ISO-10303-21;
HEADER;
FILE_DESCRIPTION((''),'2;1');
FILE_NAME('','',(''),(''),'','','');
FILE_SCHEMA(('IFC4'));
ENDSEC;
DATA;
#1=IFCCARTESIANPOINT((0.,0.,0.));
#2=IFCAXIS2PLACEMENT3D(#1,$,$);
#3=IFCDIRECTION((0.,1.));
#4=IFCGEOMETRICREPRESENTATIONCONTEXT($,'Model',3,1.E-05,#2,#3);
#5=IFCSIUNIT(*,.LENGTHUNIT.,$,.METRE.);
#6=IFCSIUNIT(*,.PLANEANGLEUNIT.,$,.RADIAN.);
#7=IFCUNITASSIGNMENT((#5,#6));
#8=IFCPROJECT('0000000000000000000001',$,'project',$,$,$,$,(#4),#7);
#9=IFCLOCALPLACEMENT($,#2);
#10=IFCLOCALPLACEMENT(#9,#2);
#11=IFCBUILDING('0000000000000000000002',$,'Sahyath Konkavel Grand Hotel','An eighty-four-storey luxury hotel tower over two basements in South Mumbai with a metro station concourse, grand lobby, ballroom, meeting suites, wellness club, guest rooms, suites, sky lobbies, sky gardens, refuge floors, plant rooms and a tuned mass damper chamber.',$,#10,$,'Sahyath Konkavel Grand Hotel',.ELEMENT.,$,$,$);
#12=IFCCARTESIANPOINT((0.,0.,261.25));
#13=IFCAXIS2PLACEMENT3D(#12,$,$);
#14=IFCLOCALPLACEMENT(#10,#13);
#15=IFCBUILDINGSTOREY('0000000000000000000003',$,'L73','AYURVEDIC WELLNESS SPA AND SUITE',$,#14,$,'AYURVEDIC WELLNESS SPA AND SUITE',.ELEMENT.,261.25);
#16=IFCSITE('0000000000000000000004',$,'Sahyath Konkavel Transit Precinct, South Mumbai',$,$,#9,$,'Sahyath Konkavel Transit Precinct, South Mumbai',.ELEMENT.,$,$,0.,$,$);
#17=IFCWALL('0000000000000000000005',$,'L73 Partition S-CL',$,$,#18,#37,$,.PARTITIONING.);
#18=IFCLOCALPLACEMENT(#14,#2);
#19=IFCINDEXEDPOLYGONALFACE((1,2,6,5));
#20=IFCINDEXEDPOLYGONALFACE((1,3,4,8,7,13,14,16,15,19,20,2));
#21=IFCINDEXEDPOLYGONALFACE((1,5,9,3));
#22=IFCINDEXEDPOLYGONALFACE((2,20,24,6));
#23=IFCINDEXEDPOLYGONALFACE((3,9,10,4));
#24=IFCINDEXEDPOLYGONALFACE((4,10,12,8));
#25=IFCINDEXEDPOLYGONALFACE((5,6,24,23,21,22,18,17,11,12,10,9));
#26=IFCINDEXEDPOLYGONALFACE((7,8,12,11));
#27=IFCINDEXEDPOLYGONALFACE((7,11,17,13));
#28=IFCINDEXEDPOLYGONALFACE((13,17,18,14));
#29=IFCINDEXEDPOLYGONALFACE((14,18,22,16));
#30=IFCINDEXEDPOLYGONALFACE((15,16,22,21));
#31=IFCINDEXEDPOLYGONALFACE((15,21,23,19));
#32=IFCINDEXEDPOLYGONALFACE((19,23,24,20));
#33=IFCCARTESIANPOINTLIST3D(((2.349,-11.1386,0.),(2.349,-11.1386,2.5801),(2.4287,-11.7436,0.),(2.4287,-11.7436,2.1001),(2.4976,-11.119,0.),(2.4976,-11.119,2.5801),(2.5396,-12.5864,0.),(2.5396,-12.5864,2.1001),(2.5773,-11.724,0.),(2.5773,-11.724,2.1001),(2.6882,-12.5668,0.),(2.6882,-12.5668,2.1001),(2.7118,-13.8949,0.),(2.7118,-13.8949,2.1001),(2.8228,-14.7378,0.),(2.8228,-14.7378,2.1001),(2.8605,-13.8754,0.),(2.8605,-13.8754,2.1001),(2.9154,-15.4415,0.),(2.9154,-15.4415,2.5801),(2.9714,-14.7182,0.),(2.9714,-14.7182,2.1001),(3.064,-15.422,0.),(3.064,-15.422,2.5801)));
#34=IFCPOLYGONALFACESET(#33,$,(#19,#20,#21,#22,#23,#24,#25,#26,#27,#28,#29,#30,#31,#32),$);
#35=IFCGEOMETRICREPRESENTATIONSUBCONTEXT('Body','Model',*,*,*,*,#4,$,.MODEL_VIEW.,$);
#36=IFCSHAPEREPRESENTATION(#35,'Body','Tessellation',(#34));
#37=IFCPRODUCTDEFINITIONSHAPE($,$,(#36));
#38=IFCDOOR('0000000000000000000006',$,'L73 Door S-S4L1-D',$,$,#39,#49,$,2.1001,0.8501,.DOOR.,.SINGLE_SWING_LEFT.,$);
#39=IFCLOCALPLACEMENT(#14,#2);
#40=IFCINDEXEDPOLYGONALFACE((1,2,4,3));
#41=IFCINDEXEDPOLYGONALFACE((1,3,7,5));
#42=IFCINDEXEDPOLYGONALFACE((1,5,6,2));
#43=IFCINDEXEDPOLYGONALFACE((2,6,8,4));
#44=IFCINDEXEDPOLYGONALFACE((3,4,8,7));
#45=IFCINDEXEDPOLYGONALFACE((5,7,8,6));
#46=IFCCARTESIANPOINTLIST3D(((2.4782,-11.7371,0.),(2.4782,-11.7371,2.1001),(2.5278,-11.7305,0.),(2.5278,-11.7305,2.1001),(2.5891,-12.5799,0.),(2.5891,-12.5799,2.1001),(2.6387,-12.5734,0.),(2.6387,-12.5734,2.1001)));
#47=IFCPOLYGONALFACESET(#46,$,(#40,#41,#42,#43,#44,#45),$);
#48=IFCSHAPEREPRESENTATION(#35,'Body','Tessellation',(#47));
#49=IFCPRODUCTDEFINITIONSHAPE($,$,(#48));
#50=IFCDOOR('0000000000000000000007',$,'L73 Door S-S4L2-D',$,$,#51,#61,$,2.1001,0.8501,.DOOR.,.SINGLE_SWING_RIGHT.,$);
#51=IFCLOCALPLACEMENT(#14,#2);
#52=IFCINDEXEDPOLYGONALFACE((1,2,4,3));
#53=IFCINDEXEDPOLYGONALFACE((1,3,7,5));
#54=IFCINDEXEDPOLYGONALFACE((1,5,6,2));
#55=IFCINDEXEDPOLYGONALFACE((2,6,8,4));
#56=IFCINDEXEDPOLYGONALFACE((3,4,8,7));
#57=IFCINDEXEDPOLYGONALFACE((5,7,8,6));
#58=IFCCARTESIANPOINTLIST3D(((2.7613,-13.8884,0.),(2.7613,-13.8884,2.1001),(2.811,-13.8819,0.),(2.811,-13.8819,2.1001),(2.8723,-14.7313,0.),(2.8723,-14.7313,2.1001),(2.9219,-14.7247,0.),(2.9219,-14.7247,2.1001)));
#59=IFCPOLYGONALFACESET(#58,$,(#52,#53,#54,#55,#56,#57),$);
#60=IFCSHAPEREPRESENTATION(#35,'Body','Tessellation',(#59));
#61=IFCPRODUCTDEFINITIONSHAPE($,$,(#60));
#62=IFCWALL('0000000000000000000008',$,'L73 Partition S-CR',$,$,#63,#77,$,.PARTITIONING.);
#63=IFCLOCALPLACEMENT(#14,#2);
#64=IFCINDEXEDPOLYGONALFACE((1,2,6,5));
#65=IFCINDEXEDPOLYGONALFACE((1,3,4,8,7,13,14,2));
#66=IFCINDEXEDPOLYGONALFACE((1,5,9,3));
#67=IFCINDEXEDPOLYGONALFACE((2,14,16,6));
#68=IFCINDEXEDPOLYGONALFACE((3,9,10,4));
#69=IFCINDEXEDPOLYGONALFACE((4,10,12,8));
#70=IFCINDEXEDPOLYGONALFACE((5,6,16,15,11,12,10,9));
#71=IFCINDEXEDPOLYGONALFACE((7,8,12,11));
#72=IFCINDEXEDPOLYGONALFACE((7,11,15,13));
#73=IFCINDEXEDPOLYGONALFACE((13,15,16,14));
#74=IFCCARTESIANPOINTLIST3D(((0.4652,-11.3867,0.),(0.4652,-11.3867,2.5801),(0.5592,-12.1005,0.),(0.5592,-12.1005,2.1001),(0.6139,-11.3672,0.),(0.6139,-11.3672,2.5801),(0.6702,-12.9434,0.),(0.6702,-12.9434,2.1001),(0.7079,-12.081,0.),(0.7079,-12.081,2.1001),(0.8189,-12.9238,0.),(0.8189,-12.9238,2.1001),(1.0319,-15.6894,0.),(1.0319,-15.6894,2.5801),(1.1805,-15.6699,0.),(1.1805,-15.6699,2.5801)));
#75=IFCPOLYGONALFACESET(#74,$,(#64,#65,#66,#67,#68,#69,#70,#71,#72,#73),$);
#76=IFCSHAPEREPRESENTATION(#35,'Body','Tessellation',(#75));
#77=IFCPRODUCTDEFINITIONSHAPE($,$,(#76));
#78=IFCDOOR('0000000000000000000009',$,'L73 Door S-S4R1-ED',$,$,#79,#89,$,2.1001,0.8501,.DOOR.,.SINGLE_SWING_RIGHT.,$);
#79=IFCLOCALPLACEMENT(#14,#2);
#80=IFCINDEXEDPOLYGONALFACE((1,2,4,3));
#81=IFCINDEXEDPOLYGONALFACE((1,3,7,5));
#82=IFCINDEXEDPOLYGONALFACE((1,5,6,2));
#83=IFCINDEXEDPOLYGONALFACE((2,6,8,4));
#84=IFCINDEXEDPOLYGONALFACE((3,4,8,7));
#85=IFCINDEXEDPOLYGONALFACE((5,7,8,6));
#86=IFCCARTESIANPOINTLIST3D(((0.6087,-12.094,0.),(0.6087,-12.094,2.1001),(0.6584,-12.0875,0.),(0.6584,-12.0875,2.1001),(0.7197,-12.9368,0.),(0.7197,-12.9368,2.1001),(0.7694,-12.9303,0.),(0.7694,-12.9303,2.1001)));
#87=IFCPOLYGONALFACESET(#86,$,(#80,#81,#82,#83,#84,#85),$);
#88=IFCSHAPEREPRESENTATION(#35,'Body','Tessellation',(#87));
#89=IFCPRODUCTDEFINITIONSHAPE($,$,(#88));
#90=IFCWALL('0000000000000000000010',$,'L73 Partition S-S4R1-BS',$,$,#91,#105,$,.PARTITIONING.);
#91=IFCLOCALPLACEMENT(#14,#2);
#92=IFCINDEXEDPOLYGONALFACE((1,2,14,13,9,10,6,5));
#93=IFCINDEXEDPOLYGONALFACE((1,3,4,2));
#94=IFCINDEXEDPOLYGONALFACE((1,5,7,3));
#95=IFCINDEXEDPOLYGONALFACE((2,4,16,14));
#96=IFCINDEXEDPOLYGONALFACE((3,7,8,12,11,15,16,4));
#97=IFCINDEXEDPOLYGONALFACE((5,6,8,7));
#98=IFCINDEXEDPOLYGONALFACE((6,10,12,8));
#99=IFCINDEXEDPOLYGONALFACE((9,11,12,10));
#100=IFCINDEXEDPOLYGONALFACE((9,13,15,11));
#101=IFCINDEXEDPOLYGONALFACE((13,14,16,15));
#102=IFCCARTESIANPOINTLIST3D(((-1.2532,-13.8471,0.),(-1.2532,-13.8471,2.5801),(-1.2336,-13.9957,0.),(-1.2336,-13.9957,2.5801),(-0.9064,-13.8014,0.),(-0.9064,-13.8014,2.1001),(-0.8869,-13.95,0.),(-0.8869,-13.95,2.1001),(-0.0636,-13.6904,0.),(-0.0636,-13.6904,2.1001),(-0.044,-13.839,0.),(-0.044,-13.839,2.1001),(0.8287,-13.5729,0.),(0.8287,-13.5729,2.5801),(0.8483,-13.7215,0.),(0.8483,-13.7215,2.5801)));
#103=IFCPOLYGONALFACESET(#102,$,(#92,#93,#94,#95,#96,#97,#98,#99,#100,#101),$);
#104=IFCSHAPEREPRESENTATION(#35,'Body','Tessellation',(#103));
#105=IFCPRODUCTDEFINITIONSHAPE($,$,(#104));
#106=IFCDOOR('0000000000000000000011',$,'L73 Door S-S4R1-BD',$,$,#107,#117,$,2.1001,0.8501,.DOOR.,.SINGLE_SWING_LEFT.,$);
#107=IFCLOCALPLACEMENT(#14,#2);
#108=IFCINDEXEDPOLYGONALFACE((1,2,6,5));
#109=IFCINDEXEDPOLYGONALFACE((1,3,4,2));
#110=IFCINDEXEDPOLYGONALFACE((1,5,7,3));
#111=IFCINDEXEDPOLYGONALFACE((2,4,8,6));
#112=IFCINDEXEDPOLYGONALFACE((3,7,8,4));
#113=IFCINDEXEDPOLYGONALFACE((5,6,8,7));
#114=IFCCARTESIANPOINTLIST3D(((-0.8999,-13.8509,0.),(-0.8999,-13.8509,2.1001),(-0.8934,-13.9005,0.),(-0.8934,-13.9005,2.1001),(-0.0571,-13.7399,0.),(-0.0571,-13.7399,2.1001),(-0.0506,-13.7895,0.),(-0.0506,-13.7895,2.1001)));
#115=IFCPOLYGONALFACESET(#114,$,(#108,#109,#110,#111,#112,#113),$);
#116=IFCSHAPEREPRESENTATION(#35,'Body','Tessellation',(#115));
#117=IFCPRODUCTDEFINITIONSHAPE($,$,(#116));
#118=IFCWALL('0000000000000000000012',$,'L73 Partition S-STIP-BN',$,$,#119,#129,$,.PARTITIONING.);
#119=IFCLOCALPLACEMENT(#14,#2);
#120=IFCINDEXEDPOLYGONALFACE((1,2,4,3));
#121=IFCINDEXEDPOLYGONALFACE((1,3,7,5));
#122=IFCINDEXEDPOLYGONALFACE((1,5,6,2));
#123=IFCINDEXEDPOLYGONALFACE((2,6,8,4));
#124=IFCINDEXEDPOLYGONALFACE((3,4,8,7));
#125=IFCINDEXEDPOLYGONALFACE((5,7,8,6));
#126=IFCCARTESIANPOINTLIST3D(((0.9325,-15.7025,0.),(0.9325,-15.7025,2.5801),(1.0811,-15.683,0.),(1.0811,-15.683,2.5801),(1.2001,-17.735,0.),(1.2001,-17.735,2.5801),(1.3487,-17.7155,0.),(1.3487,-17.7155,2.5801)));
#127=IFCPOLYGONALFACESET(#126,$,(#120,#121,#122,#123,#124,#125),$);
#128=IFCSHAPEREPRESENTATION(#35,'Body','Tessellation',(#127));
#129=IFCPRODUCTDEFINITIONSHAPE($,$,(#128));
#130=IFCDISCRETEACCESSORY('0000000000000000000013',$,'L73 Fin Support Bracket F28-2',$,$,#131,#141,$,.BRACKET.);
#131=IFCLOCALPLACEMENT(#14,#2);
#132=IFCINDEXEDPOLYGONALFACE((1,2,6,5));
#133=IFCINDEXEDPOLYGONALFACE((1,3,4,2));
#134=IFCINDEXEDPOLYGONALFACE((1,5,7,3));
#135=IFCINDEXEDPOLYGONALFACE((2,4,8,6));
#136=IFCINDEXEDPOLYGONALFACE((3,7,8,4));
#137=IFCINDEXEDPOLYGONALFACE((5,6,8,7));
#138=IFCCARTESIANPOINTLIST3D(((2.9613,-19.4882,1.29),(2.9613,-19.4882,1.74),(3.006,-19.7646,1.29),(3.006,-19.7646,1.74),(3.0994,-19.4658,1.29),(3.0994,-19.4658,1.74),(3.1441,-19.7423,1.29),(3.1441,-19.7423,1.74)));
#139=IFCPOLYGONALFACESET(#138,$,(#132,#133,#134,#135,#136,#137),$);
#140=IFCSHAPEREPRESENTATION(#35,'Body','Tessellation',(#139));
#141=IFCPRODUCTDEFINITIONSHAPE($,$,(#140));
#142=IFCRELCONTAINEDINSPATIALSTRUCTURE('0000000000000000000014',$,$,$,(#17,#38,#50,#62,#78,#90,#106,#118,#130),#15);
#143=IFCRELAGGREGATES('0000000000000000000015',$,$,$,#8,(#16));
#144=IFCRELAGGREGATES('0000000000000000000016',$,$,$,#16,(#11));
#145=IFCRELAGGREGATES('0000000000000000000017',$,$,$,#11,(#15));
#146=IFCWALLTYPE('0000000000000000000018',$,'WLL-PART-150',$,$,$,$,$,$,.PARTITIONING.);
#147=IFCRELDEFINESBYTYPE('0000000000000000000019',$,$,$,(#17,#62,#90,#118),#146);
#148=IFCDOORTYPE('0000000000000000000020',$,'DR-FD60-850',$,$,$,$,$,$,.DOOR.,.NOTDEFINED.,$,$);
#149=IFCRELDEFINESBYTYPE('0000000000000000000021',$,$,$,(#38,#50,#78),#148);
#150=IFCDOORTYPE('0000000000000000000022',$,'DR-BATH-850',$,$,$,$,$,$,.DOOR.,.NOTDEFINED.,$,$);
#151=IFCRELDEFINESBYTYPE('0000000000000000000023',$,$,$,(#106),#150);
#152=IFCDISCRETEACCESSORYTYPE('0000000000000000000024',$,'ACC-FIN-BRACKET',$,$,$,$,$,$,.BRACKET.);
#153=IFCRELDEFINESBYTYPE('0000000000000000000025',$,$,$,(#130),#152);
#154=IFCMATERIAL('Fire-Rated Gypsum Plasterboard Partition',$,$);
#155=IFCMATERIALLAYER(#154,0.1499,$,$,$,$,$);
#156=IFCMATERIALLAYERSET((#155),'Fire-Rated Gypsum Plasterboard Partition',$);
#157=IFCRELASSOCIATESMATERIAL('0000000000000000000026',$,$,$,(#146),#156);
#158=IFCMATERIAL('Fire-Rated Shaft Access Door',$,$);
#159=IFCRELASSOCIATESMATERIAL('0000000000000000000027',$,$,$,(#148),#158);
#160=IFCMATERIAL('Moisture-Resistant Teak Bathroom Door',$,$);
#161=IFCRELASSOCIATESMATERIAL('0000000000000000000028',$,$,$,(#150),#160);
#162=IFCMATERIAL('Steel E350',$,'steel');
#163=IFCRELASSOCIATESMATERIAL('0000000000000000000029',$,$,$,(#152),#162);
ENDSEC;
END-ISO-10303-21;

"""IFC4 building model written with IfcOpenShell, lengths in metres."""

from ifc_helpers import new_model, si_unit, direction, frame, frame_2d, origin, origin_2d, place, context, subcontext, project, spatial, rectangle, extrude, source, transform, mapped, material, layer, layer_set, type_object, element, fill, save


model = new_model("IFC4")

# Units and contexts
model_context = context("Model", 3, precision=1e-05, world=origin(), true_north=direction((0.0, 1.0)))
body_context = subcontext(model_context, "Body", "Model", "MODEL_VIEW")
ifc_project = project(units=[si_unit("LENGTHUNIT", "METRE"), si_unit("PLANEANGLEUNIT", "RADIAN")], contexts=[model_context])

# Site, building, storey
site_placement = place(None, origin())
site = spatial("IfcSite", under=ifc_project, at=site_placement, Name="Sahyath Konkavel Transit Precinct, South Mumbai", LongName="Sahyath Konkavel Transit Precinct, South Mumbai", CompositionType="ELEMENT", RefElevation=0.0)
building_placement = place(site_placement, origin())
building = spatial("IfcBuilding", under=site, at=building_placement, Name="Sahyath Konkavel Grand Hotel", Description="An eighty-four-storey luxury hotel tower over two basements in South Mumbai with a metro station concourse, grand lobby, ballroom, meeting suites, wellness club, guest rooms, suites, sky lobbies, sky gardens, refuge floors, plant rooms and a tuned mass damper chamber.", LongName="Sahyath Konkavel Grand Hotel", CompositionType="ELEMENT")
storey_placement = place(building_placement, frame((0.0, 0.0, 261.25)))
storey = spatial("IfcBuildingStorey", under=building, at=storey_placement, Name="L73", Description="AYURVEDIC WELLNESS SPA AND SUITE", LongName="AYURVEDIC WELLNESS SPA AND SUITE", CompositionType="ELEMENT", Elevation=261.25)

# Shared definitions
ifc_material_1 = material(Name="Steel E350", Category="steel")

# Wall, openings, doors
ifc_material_2 = material(Name="Fire-Rated Gypsum Plasterboard Partition")
ifc_layer_1 = layer(ifc_material_2, 0.1499)
ifc_layer_set_1 = layer_set([ifc_layer_1], Name="Fire-Rated Gypsum Plasterboard Partition")
wall_type_1 = type_object("IfcWallType", Name="WLL-PART-150", PredefinedType="PARTITIONING", material=ifc_layer_set_1)
wall_1_placement = place(storey_placement, frame((2.4233, -11.1289, 0.0), z_axis=(0.0, 0.0, 1.0), x_axis=(0.130505, -0.991448, 0.0)))
wall_1 = element("IfcWall", 1, at=wall_1_placement, inside=storey, type_object=wall_type_1, Name="L73 Partition S-CL", PredefinedType="PARTITIONING", context=body_context, shape_type="SweptSolid", body=[
    extrude(rectangle(XDim=4.3401, YDim=0.1499, at=frame_2d((2.1699, 0.0))), origin(), (0.0, 0.0, 1.0), 2.5801),
])
opening_1_placement = place(wall_1_placement, frame((0.6101, 0.0, 0.0)))
opening_1 = element("IfcOpeningElement", 2, at=opening_1_placement, cuts=wall_1, PredefinedType="OPENING", context=body_context, shape_type="SweptSolid", body=[
    extrude(rectangle(XDim=0.8501, YDim=2.1001, at=frame_2d((0.425, 1.05))), frame((0.0, 0.085, 0.0), z_axis=(0.0, -1.0, 0.0), x_axis=(1.0, 0.0, 0.0)), (0.0, 0.0, 1.0), 0.1699),
])
opening_2_placement = place(wall_1_placement, frame((2.78, 0.0, 0.0)))
opening_2 = element("IfcOpeningElement", 3, at=opening_2_placement, cuts=wall_1, PredefinedType="OPENING", context=body_context, shape_type="SweptSolid", body=[
    extrude(rectangle(XDim=0.8501, YDim=2.1001, at=frame_2d((0.425, 1.05))), frame((0.0, 0.085, 0.0), z_axis=(0.0, -1.0, 0.0), x_axis=(1.0, 0.0, 0.0)), (0.0, 0.0, 1.0), 0.1699),
])
ifc_material_3 = material(Name="Fire-Rated Shaft Access Door")
door_type_1 = type_object("IfcDoorType", Name="DR-FD60-850", OperationType="NOTDEFINED", PredefinedType="DOOR", material=ifc_material_3)
shared_shape_1 = source(origin(), body_context, "Body", "SweptSolid", [
    extrude(rectangle(XDim=0.8501, YDim=0.05, at=origin_2d()), origin(), (0.0, 0.0, 1.0), 2.1001),
])
door_1_placement = place(opening_1_placement, frame((0.425, 0.0, 0.0)))
door_1 = element("IfcDoor", 4, at=door_1_placement, inside=storey, type_object=door_type_1, Name="L73 Door S-S4L1-D", OperationType="SINGLE_SWING_LEFT", OverallHeight=2.1001, OverallWidth=0.8501, PredefinedType="DOOR", context=body_context, shape_type="MappedRepresentation", body=[
    mapped(shared_shape_1, transform((0.0, 0.0, 0.0), scale=1.0)),
])
fill(opening_1, door_1)
door_2_placement = place(opening_2_placement, frame((0.425, 0.0, 0.0)))
door_2 = element("IfcDoor", 5, at=door_2_placement, inside=storey, type_object=door_type_1, Name="L73 Door S-S4L2-D", OperationType="SINGLE_SWING_RIGHT", OverallHeight=2.1001, OverallWidth=0.8501, PredefinedType="DOOR", context=body_context, shape_type="MappedRepresentation", body=[
    mapped(shared_shape_1, transform((0.0, 0.0, 0.0), scale=1.0)),
])
fill(opening_2, door_2)

# Walls, openings, doors
wall_2_placement = place(storey_placement, frame((0.5396, -11.377, 0.0), z_axis=(0.0, 0.0, 1.0), x_axis=(0.130568, -0.991439, 0.0)))
wall_2 = element("IfcWall", 6, at=wall_2_placement, inside=storey, type_object=wall_type_1, Name="L73 Partition S-CR", PredefinedType="PARTITIONING", context=body_context, shape_type="SweptSolid", body=[
    extrude(rectangle(XDim=4.3398, YDim=0.1499, at=frame_2d((2.1699, 0.0))), origin(), (0.0, 0.0, 1.0), 2.5801),
])
opening_3_placement = place(wall_2_placement, frame((0.72, 0.0, 0.0)))
opening_3 = element("IfcOpeningElement", 7, at=opening_3_placement, cuts=wall_2, PredefinedType="OPENING", context=body_context, shape_type="SweptSolid", body=[
    extrude(rectangle(XDim=0.8501, YDim=2.1001, at=frame_2d((0.425, 1.05))), frame((0.0, 0.085, 0.0), z_axis=(0.0, -1.0, 0.0), x_axis=(1.0, 0.0, 0.0)), (0.0, 0.0, 1.0), 0.1699),
])
door_3_placement = place(opening_3_placement, frame((0.425, 0.0, 0.0)))
door_3 = element("IfcDoor", 8, at=door_3_placement, inside=storey, type_object=door_type_1, Name="L73 Door S-S4R1-ED", OperationType="SINGLE_SWING_RIGHT", OverallHeight=2.1001, OverallWidth=0.8501, PredefinedType="DOOR", context=body_context, shape_type="MappedRepresentation", body=[
    mapped(shared_shape_1, transform((0.0, 0.0, 0.0), scale=1.0)),
])
fill(opening_3, door_3)
wall_3_placement = place(storey_placement, frame((0.8384, -13.6472, 0.0), z_axis=(0.0, 0.0, 1.0), x_axis=(-0.991439, -0.130572, 0.0)))
wall_3 = element("IfcWall", 9, at=wall_3_placement, inside=storey, type_object=wall_type_1, Name="L73 Partition S-S4R1-BS", PredefinedType="PARTITIONING", context=body_context, shape_type="SweptSolid", body=[
    extrude(rectangle(XDim=2.0999, YDim=0.1499, at=frame_2d((1.0498, 0.0))), origin(), (0.0, 0.0, 1.0), 2.5801),
])
opening_4_placement = place(wall_3_placement, frame((0.8999, 0.0, 0.0)))
opening_4 = element("IfcOpeningElement", 10, at=opening_4_placement, cuts=wall_3, PredefinedType="OPENING", context=body_context, shape_type="SweptSolid", body=[
    extrude(rectangle(XDim=0.8501, YDim=2.1001, at=frame_2d((0.425, 1.05))), frame((0.0, 0.085, 0.0), z_axis=(0.0, -1.0, 0.0), x_axis=(1.0, 0.0, 0.0)), (0.0, 0.0, 1.0), 0.1699),
])
ifc_material_4 = material(Name="Moisture-Resistant Teak Bathroom Door")
door_type_2 = type_object("IfcDoorType", Name="DR-BATH-850", OperationType="NOTDEFINED", PredefinedType="DOOR", material=ifc_material_4)
door_4_placement = place(opening_4_placement, frame((0.425, 0.0, 0.0)))
door_4 = element("IfcDoor", 11, at=door_4_placement, inside=storey, type_object=door_type_2, Name="L73 Door S-S4R1-BD", OperationType="SINGLE_SWING_LEFT", OverallHeight=2.1001, OverallWidth=0.8501, PredefinedType="DOOR", context=body_context, shape_type="MappedRepresentation", body=[
    mapped(shared_shape_1, transform((0.0, 0.0, 0.0), scale=1.0)),
])
fill(opening_4, door_4)

# Wall
wall_4_placement = place(storey_placement, frame((1.0068, -15.6929, 0.0), z_axis=(0.0, 0.0, 1.0), x_axis=(0.130525, -0.991445, 0.0)))
element("IfcWall", 12, at=wall_4_placement, inside=storey, type_object=wall_type_1, Name="L73 Partition S-STIP-BN", PredefinedType="PARTITIONING", context=body_context, shape_type="SweptSolid", body=[
    extrude(rectangle(XDim=2.05, YDim=0.1499, at=frame_2d((1.0249, 0.0))), origin(), (0.0, 0.0, 1.0), 2.5801),
])

# Discrete accessory
discrete_accessory_type = type_object("IfcDiscreteAccessoryType", Name="ACC-FIN-BRACKET", PredefinedType="BRACKET", material=ifc_material_1)
shared_shape_2 = source(origin(), body_context, "Body", "SweptSolid", [
    extrude(rectangle(XDim=0.28, YDim=0.1399, at=origin_2d()), origin(), (0.0, 0.0, 1.0), 0.45),
])
discrete_accessory_placement = place(storey_placement, frame((3.0527, -19.6152, 1.29), z_axis=(0.0, 0.0, 1.0), x_axis=(0.159623, -0.987178, 0.0)))
element("IfcDiscreteAccessory", 13, at=discrete_accessory_placement, inside=storey, type_object=discrete_accessory_type, Name="L73 Fin Support Bracket F28-2", PredefinedType="BRACKET", context=body_context, shape_type="MappedRepresentation", body=[
    mapped(shared_shape_2, transform((0.0, 0.0, 0.0), scale=1.0)),
])

save(model, "model.ifc")
